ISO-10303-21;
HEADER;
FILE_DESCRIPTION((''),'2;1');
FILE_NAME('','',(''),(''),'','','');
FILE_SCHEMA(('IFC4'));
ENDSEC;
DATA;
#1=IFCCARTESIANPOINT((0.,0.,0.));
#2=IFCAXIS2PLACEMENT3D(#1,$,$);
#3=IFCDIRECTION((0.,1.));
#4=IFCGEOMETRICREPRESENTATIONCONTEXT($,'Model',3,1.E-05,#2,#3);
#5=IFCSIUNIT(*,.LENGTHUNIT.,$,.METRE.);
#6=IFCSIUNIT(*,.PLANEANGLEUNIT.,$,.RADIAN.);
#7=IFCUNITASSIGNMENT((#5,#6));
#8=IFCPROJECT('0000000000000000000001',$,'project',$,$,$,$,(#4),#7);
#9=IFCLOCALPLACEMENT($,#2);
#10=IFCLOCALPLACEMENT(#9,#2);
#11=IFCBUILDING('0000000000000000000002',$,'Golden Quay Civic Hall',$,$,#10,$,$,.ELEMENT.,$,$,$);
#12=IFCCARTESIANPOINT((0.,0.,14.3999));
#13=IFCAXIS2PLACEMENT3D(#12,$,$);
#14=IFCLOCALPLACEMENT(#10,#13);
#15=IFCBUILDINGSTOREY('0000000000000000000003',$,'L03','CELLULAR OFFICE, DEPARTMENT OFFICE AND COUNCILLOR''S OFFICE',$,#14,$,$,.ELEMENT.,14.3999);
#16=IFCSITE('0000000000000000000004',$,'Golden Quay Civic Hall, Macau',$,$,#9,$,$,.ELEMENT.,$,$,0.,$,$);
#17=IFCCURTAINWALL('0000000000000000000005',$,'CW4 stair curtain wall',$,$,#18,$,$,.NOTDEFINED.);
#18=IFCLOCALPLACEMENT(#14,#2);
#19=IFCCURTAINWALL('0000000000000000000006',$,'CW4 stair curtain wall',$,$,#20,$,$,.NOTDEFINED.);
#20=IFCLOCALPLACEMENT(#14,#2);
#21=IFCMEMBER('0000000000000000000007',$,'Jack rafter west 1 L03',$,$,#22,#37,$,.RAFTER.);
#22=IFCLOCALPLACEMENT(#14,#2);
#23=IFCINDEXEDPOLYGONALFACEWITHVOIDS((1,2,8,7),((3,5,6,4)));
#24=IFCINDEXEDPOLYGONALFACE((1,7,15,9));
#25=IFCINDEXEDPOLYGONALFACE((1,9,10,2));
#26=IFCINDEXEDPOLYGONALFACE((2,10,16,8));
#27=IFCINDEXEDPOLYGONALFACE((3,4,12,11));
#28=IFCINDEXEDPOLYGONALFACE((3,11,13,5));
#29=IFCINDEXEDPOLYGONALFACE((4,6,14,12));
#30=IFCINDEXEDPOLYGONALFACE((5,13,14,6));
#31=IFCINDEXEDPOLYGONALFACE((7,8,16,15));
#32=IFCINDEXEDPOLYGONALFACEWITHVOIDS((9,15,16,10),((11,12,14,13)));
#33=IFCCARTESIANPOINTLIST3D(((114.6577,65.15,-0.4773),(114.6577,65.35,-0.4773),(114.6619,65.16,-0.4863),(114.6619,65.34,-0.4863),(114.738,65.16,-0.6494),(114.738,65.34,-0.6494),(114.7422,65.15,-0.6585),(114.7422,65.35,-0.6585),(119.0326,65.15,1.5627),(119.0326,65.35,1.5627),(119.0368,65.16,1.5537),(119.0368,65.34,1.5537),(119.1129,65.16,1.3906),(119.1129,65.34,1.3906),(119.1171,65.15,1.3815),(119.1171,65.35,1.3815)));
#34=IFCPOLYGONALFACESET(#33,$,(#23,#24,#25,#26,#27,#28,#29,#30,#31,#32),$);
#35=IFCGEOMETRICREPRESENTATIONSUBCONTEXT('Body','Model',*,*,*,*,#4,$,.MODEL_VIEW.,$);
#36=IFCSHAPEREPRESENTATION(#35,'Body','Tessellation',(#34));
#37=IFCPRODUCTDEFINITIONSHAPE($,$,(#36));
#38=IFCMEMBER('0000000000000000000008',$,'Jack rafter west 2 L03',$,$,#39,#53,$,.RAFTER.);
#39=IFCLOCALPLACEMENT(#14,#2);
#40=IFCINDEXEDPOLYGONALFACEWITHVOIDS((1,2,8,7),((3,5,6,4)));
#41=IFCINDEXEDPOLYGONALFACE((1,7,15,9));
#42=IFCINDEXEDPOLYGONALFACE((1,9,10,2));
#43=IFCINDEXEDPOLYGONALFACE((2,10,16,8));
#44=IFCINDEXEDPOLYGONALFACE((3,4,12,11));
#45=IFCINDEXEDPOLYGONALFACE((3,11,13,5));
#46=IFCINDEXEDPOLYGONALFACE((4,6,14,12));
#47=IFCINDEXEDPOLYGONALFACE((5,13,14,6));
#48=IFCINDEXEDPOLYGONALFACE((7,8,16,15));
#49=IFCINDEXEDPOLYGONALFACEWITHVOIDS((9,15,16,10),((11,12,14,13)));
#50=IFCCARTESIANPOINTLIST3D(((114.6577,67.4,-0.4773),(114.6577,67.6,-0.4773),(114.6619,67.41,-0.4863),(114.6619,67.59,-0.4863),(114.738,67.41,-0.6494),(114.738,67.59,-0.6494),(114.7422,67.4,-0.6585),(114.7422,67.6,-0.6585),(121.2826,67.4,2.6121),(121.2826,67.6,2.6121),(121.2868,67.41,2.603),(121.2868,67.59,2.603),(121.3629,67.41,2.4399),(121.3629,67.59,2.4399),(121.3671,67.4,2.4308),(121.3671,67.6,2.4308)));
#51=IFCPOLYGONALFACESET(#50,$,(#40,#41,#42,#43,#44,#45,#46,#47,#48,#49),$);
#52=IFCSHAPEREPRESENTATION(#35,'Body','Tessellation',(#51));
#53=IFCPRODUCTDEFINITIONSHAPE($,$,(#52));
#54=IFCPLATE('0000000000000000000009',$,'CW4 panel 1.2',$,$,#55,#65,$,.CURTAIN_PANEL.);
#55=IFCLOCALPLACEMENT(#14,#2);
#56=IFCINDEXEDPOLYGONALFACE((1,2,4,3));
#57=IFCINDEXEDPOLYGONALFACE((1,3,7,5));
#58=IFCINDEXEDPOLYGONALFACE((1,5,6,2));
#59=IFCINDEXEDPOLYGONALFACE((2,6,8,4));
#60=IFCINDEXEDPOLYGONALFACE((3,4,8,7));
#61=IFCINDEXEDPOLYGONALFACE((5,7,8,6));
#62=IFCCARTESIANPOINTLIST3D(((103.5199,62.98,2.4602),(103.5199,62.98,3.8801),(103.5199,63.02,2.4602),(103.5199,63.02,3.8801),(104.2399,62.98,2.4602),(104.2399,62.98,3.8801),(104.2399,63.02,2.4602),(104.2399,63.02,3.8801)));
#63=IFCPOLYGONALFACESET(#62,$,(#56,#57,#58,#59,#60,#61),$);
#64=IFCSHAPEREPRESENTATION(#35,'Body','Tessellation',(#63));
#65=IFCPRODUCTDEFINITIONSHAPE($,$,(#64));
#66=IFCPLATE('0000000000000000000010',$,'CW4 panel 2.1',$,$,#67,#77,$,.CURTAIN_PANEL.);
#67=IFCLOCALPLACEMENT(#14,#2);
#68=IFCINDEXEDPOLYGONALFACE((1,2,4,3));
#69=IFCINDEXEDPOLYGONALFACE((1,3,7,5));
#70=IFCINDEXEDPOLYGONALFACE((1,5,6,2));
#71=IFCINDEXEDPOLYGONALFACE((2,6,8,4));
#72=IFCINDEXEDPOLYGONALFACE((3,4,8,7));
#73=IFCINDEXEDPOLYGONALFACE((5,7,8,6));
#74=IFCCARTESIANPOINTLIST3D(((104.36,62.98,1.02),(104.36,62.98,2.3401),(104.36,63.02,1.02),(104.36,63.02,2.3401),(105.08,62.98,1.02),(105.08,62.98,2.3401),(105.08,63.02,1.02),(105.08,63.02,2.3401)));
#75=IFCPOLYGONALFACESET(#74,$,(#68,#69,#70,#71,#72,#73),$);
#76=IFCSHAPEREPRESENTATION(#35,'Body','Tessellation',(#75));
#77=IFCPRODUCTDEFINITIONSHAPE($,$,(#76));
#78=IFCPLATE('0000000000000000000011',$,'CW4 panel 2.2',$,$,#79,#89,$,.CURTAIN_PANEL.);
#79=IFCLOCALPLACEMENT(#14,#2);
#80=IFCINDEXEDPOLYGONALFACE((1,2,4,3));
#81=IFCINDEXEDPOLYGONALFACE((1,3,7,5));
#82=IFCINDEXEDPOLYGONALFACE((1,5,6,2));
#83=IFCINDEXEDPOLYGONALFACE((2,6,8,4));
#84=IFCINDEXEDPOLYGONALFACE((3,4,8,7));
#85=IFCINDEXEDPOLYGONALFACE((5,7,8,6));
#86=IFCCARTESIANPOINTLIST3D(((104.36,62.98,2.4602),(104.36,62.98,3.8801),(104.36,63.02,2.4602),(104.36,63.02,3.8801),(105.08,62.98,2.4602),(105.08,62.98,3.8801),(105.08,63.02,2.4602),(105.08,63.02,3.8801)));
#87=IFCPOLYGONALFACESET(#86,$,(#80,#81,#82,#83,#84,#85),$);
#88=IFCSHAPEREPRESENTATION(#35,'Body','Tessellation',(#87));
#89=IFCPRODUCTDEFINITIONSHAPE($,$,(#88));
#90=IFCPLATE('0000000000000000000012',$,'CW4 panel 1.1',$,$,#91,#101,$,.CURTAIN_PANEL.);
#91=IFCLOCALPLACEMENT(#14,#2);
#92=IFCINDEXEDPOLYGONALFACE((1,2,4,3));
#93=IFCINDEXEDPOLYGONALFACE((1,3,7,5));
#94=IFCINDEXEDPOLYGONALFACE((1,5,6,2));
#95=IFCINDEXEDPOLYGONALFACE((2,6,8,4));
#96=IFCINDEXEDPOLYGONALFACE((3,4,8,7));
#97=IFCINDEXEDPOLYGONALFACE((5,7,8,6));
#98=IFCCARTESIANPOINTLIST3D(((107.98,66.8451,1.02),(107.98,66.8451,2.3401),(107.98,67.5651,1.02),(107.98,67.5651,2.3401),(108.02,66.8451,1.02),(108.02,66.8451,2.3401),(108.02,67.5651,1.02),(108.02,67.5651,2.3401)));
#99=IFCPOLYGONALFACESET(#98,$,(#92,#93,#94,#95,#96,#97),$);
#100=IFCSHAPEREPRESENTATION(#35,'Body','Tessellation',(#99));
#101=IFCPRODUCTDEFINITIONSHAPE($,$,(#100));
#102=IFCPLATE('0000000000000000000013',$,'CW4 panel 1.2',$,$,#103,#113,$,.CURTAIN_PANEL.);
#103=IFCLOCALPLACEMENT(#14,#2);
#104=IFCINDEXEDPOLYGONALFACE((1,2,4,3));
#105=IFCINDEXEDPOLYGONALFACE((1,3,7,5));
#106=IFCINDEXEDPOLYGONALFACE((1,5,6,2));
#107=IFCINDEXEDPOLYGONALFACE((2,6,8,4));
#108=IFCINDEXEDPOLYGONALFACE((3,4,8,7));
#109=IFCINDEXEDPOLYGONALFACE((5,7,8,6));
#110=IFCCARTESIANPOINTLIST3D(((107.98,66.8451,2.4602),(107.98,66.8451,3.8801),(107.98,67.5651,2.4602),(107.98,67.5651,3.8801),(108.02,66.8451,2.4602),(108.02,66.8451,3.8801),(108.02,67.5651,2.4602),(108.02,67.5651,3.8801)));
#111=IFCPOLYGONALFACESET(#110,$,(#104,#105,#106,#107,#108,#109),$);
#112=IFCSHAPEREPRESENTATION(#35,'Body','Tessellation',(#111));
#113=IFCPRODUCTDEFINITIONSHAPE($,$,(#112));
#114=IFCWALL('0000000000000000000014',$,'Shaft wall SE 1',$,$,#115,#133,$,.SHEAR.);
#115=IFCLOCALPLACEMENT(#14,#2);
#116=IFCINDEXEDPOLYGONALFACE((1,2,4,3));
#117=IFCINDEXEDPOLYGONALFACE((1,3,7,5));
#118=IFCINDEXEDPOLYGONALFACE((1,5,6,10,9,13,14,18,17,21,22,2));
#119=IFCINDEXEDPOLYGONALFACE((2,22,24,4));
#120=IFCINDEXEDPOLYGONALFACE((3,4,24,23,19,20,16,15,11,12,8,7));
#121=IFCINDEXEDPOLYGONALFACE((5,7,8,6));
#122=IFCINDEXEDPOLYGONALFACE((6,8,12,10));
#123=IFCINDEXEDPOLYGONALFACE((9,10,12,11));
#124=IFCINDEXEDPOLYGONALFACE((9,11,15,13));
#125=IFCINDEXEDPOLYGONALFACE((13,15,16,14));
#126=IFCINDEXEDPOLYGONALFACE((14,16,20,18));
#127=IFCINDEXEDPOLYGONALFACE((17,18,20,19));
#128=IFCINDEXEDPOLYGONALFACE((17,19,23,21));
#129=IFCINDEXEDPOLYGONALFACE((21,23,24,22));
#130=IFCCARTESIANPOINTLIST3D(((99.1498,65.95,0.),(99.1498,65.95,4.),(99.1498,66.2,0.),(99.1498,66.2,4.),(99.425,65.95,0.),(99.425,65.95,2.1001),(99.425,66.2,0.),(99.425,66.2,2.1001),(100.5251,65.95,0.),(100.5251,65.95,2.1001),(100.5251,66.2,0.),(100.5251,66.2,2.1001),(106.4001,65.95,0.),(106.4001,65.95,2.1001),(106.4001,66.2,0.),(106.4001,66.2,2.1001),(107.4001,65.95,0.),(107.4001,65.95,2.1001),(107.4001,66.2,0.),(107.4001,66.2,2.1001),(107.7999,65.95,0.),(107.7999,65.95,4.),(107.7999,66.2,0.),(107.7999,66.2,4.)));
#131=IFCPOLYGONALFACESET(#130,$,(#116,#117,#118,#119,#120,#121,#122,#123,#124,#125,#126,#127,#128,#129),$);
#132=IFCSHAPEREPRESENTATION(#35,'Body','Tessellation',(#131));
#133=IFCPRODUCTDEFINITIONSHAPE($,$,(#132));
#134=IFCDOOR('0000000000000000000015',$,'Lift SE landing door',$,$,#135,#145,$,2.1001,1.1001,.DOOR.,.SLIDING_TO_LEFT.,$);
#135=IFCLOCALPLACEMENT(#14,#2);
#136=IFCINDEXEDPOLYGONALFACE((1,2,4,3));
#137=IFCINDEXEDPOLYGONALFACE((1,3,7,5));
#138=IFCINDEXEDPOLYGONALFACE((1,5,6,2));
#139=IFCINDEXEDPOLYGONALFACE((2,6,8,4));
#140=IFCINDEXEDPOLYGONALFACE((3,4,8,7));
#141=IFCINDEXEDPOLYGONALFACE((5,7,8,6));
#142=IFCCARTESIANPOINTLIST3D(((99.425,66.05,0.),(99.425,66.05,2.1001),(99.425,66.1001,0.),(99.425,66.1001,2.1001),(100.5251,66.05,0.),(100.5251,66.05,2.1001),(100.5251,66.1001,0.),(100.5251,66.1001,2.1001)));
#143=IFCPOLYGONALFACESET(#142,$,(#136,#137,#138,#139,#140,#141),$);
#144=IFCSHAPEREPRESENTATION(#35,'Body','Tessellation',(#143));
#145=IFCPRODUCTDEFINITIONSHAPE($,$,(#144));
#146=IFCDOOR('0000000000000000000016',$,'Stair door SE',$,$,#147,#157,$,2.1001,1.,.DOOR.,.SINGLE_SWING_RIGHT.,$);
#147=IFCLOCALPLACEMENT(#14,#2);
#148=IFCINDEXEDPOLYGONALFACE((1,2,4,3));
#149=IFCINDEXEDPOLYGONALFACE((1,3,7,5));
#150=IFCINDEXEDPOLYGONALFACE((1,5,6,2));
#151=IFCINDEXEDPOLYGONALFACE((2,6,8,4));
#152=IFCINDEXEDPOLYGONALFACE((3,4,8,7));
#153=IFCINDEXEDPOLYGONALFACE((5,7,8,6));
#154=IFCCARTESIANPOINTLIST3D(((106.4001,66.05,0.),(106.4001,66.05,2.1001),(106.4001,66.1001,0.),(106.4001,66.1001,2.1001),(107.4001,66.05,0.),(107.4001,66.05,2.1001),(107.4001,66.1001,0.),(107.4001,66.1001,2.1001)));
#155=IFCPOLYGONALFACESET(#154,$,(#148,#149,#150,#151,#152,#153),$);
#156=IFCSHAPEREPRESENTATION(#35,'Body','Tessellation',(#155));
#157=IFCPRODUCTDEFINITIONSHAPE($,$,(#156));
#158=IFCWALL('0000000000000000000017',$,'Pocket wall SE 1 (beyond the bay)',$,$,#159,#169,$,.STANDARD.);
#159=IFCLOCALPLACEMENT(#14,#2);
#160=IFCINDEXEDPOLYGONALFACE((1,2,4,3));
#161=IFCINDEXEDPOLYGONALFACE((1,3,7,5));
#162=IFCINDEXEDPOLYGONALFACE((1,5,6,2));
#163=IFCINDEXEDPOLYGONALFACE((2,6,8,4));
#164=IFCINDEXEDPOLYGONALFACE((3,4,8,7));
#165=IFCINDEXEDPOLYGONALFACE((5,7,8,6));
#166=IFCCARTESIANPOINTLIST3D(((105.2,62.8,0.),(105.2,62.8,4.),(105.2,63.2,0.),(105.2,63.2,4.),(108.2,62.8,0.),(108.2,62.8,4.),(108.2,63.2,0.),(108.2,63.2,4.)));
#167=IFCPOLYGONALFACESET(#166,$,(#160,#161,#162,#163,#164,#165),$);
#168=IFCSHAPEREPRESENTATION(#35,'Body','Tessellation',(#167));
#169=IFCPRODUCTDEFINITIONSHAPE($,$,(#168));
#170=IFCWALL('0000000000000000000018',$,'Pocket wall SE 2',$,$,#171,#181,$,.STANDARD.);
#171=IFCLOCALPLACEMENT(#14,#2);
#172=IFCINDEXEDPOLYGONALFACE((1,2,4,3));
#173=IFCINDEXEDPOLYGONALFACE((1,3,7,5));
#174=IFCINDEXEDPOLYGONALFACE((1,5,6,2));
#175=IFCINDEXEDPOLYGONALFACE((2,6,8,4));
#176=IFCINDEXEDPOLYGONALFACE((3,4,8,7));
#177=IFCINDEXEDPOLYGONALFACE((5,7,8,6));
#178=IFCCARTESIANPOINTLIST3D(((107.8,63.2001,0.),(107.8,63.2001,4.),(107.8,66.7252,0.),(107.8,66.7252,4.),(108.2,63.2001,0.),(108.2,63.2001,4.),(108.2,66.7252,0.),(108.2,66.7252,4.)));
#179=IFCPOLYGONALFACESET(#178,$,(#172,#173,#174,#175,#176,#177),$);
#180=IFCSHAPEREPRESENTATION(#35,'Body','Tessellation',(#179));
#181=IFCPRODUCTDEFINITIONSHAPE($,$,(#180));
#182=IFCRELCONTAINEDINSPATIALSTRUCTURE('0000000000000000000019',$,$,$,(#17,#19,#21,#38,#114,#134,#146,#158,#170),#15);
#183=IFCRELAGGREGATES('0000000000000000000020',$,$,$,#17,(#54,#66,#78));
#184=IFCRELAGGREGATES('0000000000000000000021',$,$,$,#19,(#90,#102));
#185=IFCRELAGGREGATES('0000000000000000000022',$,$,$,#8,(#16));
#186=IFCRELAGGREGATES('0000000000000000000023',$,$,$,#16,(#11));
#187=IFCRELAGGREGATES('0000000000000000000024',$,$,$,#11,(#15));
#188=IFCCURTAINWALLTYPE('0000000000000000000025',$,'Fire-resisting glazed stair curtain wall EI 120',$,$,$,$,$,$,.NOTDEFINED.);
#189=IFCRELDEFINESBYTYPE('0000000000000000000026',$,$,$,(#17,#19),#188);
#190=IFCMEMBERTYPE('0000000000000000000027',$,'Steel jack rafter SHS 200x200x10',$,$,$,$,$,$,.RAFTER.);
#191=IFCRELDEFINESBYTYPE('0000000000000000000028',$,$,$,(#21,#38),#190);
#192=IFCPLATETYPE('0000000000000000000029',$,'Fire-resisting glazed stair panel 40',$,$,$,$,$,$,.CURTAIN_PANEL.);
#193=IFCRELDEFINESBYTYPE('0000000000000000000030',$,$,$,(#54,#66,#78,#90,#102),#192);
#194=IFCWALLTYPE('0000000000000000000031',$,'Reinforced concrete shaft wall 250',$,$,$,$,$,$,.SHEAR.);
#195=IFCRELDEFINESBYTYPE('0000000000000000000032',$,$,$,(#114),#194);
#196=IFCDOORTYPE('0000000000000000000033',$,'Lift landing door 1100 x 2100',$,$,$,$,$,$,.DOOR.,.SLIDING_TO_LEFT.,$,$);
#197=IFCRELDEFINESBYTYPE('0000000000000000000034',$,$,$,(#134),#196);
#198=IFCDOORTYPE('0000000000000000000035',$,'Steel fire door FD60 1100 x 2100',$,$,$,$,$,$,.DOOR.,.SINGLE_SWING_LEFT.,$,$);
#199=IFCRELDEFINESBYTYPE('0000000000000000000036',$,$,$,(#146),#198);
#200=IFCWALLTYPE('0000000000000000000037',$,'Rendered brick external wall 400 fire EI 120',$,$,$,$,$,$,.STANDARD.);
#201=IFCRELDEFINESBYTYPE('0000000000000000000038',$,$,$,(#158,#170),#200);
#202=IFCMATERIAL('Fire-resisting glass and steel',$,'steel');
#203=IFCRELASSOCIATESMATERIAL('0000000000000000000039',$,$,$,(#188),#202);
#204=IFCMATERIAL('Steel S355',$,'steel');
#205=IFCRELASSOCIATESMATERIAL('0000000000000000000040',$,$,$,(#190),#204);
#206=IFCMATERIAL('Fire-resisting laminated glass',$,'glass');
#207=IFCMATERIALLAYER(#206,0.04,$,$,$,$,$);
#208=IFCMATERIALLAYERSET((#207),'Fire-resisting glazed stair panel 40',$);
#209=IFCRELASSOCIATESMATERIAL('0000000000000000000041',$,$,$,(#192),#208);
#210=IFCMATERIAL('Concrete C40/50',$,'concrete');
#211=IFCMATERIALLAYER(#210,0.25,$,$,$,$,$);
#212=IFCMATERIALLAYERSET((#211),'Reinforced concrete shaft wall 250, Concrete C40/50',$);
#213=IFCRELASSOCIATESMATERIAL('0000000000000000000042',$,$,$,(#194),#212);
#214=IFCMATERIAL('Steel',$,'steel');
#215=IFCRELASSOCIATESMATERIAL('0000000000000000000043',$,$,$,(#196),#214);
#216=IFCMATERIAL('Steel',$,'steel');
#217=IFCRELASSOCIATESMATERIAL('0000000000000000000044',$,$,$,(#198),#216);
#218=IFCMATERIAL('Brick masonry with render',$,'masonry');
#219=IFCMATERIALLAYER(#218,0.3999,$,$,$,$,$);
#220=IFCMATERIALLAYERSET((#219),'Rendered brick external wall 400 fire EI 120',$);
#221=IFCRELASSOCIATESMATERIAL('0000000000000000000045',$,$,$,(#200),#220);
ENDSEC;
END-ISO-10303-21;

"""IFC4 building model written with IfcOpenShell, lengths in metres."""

from ifc_helpers import new_model, si_unit, direction, frame, frame_2d, origin, origin_2d, place, context, subcontext, project, spatial, rectangle, hollow_rectangle, extrude, material, layer, layer_set, material_profile, profile_set, type_object, element, fill, aggregate, save


model = new_model("IFC4")

# Units and contexts
model_context = context("Model", 3, precision=1e-05, world=origin(), true_north=direction((0.0, 1.0)))
body_context = subcontext(model_context, "Body", "Model", "MODEL_VIEW")
ifc_project = project(units=[si_unit("LENGTHUNIT", "METRE"), si_unit("PLANEANGLEUNIT", "RADIAN")], contexts=[model_context])

# Site, building, storey
site_placement = place(None, origin())
site = spatial("IfcSite", under=ifc_project, at=site_placement, Name="Golden Quay Civic Hall, Macau", CompositionType="ELEMENT", RefElevation=0.0)
building_placement = place(site_placement, origin())
building = spatial("IfcBuilding", under=site, at=building_placement, Name="Golden Quay Civic Hall", CompositionType="ELEMENT")
storey_placement = place(building_placement, frame((0.0, 0.0, 14.3999)))
storey = spatial("IfcBuildingStorey", under=building, at=storey_placement, Name="L03", Description="CELLULAR OFFICE, DEPARTMENT OFFICE AND COUNCILLOR'S OFFICE", CompositionType="ELEMENT", Elevation=14.3999)

# Curtain walls
ifc_material_1 = material(Name="Fire-resisting glass and steel", Category="steel")
curtain_wall_type = type_object("IfcCurtainWallType", Name="Fire-resisting glazed stair curtain wall EI 120", PredefinedType="NOTDEFINED", material=ifc_material_1)
curtain_wall_1_placement = place(storey_placement, origin())
curtain_wall_1 = element("IfcCurtainWall", 1, at=curtain_wall_1_placement, inside=storey, type_object=curtain_wall_type, Name="CW4 stair curtain wall", PredefinedType="NOTDEFINED")
curtain_wall_2_placement = place(storey_placement, origin())
curtain_wall_2 = element("IfcCurtainWall", 2, at=curtain_wall_2_placement, inside=storey, type_object=curtain_wall_type, Name="CW4 stair curtain wall", PredefinedType="NOTDEFINED")

# Members
ifc_material_2 = material(Name="Steel S355", Category="steel")
ifc_material_profile_1 = material_profile(ifc_material_2, hollow_rectangle(XDim=0.2, YDim=0.2, WallThickness=0.01, at=origin_2d()), Name="SHS 200x200x10")
ifc_profile_set_1 = profile_set([ifc_material_profile_1], Name="Steel S355")
member_type_1 = type_object("IfcMemberType", Name="Steel jack rafter SHS 200x200x10", PredefinedType="RAFTER", material=ifc_profile_set_1)
member_1_placement = place(storey_placement, frame((114.7, 65.25, -0.5679), z_axis=(0.906312, 0.0, 0.422609), x_axis=(0.0, 1.0, 0.0)))
element("IfcMember", 3, at=member_1_placement, inside=storey, type_object=member_type_1, Name="Jack rafter west 1 L03", PredefinedType="RAFTER", context=body_context, shape_type="SweptSolid", body=[
    extrude(hollow_rectangle(XDim=0.2, YDim=0.2, WallThickness=0.01, at=origin_2d()), origin(), (0.0, 0.0, 1.0), 4.8271),
])
member_2_placement = place(storey_placement, frame((114.7, 67.5, -0.5679), z_axis=(0.906304, 0.0, 0.422626), x_axis=(0.0, 1.0, 0.0)))
element("IfcMember", 4, at=member_2_placement, inside=storey, type_object=member_type_1, Name="Jack rafter west 2 L03", PredefinedType="RAFTER", context=body_context, shape_type="SweptSolid", body=[
    extrude(hollow_rectangle(XDim=0.2, YDim=0.2, WallThickness=0.01, at=origin_2d()), origin(), (0.0, 0.0, 1.0), 7.3098),
])

# Plates
ifc_material_3 = material(Name="Fire-resisting laminated glass", Category="glass")
ifc_layer_1 = layer(ifc_material_3, 0.04)
ifc_layer_set_1 = layer_set([ifc_layer_1], Name="Fire-resisting glazed stair panel 40")
plate_type = type_object("IfcPlateType", Name="Fire-resisting glazed stair panel 40", PredefinedType="CURTAIN_PANEL", material=ifc_layer_set_1)
plate_1_placement = place(storey_placement, frame((103.8799, 63.0, 2.4602), z_axis=(0.0, 0.0, 1.0), x_axis=(1.0, 0.0, 0.0)))
plate_1 = element("IfcPlate", 5, at=plate_1_placement, type_object=plate_type, Name="CW4 panel 1.2", PredefinedType="CURTAIN_PANEL", context=body_context, shape_type="SweptSolid", body=[
    extrude(rectangle(XDim=0.72, YDim=0.04, at=origin_2d()), origin(), (0.0, 0.0, 1.0), 1.4199),
])
plate_2_placement = place(storey_placement, frame((104.72, 63.0, 1.02), z_axis=(0.0, 0.0, 1.0), x_axis=(1.0, 0.0, 0.0)))
plate_2 = element("IfcPlate", 6, at=plate_2_placement, type_object=plate_type, Name="CW4 panel 2.1", PredefinedType="CURTAIN_PANEL", context=body_context, shape_type="SweptSolid", body=[
    extrude(rectangle(XDim=0.72, YDim=0.04, at=origin_2d()), origin(), (0.0, 0.0, 1.0), 1.3201),
])
plate_3_placement = place(storey_placement, frame((104.72, 63.0, 2.4602), z_axis=(0.0, 0.0, 1.0), x_axis=(1.0, 0.0, 0.0)))
plate_3 = element("IfcPlate", 7, at=plate_3_placement, type_object=plate_type, Name="CW4 panel 2.2", PredefinedType="CURTAIN_PANEL", context=body_context, shape_type="SweptSolid", body=[
    extrude(rectangle(XDim=0.72, YDim=0.04, at=origin_2d()), origin(), (0.0, 0.0, 1.0), 1.4199),
])
aggregate(curtain_wall_1, [plate_1, plate_2, plate_3])
plate_4_placement = place(storey_placement, frame((108.0, 67.2051, 1.02), z_axis=(0.0, 0.0, 1.0), x_axis=(0.0, 1.0, 0.0)))
plate_4 = element("IfcPlate", 8, at=plate_4_placement, type_object=plate_type, Name="CW4 panel 1.1", PredefinedType="CURTAIN_PANEL", context=body_context, shape_type="SweptSolid", body=[
    extrude(rectangle(XDim=0.72, YDim=0.04, at=origin_2d()), origin(), (0.0, 0.0, 1.0), 1.3201),
])
plate_5_placement = place(storey_placement, frame((108.0, 67.2051, 2.4602), z_axis=(0.0, 0.0, 1.0), x_axis=(0.0, 1.0, 0.0)))
plate_5 = element("IfcPlate", 9, at=plate_5_placement, type_object=plate_type, Name="CW4 panel 1.2", PredefinedType="CURTAIN_PANEL", context=body_context, shape_type="SweptSolid", body=[
    extrude(rectangle(XDim=0.72, YDim=0.04, at=origin_2d()), origin(), (0.0, 0.0, 1.0), 1.4199),
])
aggregate(curtain_wall_2, [plate_4, plate_5])

# Wall, openings, doors
ifc_material_4 = material(Name="Concrete C40/50", Category="concrete")
ifc_layer_2 = layer(ifc_material_4, 0.25)
ifc_layer_set_2 = layer_set([ifc_layer_2], Name="Reinforced concrete shaft wall 250, Concrete C40/50")
wall_type_1 = type_object("IfcWallType", Name="Reinforced concrete shaft wall 250", PredefinedType="SHEAR", material=ifc_layer_set_2)
wall_1_placement = place(storey_placement, frame((107.8, 66.075, 0.0), z_axis=(0.0, 0.0, 1.0), x_axis=(-1.0, 0.0, 0.0)))
wall_1 = element("IfcWall", 10, at=wall_1_placement, inside=storey, type_object=wall_type_1, Name="Shaft wall SE 1", PredefinedType="SHEAR", context=body_context, shape_type="SweptSolid", body=[
    extrude(rectangle(XDim=8.6501, YDim=0.25, at=frame_2d((4.3252, 0.0))), origin(), (0.0, 0.0, 1.0), 4.0),
])
opening_1_placement = place(wall_1_placement, frame((0.3999, 0.0, 0.0)))
opening_1 = element("IfcOpeningElement", 11, at=opening_1_placement, cuts=wall_1, PredefinedType="OPENING", context=body_context, shape_type="SweptSolid", body=[
    extrude(rectangle(XDim=1.0, YDim=2.1001, at=frame_2d((0.5, 1.05))), frame((0.0, 0.135, 0.0), z_axis=(0.0, -1.0, 0.0), x_axis=(1.0, 0.0, 0.0)), (0.0, 0.0, 1.0), 0.27),
])
opening_2_placement = place(wall_1_placement, frame((7.2749, 0.0, 0.0)))
opening_2 = element("IfcOpeningElement", 12, at=opening_2_placement, cuts=wall_1, PredefinedType="OPENING", context=body_context, shape_type="SweptSolid", body=[
    extrude(rectangle(XDim=1.1001, YDim=2.1001, at=frame_2d((0.55, 1.05))), frame((0.0, 0.135, 0.0), z_axis=(0.0, -1.0, 0.0), x_axis=(1.0, 0.0, 0.0)), (0.0, 0.0, 1.0), 0.27),
])
ifc_material_5 = material(Name="Steel", Category="steel")
door_type_1 = type_object("IfcDoorType", Name="Lift landing door 1100 x 2100", OperationType="SLIDING_TO_LEFT", PredefinedType="DOOR", material=ifc_material_5)
door_1_placement = place(opening_2_placement, origin())
door_1 = element("IfcDoor", 13, at=door_1_placement, inside=storey, type_object=door_type_1, Name="Lift SE landing door", OperationType="SLIDING_TO_LEFT", OverallHeight=2.1001, OverallWidth=1.1001, PredefinedType="DOOR", context=body_context, shape_type="SweptSolid", body=[
    extrude(rectangle(XDim=1.1001, YDim=2.1001, at=frame_2d((0.55, 1.05))), frame((0.0, 0.0249, 0.0), z_axis=(0.0, -1.0, 0.0), x_axis=(1.0, 0.0, 0.0)), (0.0, 0.0, 1.0), 0.05),
])
fill(opening_2, door_1)
ifc_material_6 = material(Name="Steel", Category="steel")
door_type_2 = type_object("IfcDoorType", Name="Steel fire door FD60 1100 x 2100", OperationType="SINGLE_SWING_LEFT", PredefinedType="DOOR", material=ifc_material_6)
door_2_placement = place(opening_1_placement, frame((1.0, 0.0, 0.0), z_axis=(0.0, 0.0, 1.0), x_axis=(-1.0, 0.0, 0.0)))
door_2 = element("IfcDoor", 14, at=door_2_placement, inside=storey, type_object=door_type_2, Name="Stair door SE", OperationType="SINGLE_SWING_RIGHT", OverallHeight=2.1001, OverallWidth=1.0, PredefinedType="DOOR", context=body_context, shape_type="SweptSolid", body=[
    extrude(rectangle(XDim=1.0, YDim=2.1001, at=frame_2d((0.5, 1.05))), frame((0.0, 0.0251, 0.0), z_axis=(0.0, -1.0, 0.0), x_axis=(1.0, 0.0, 0.0)), (0.0, 0.0, 1.0), 0.05),
])
fill(opening_1, door_2)

# Walls
ifc_material_7 = material(Name="Brick masonry with render", Category="masonry")
ifc_layer_3 = layer(ifc_material_7, 0.3999)
ifc_layer_set_3 = layer_set([ifc_layer_3], Name="Rendered brick external wall 400 fire EI 120")
wall_type_2 = type_object("IfcWallType", Name="Rendered brick external wall 400 fire EI 120", PredefinedType="STANDARD", material=ifc_layer_set_3)
wall_2_placement = place(storey_placement, frame((105.2, 63.0, 0.0), z_axis=(0.0, 0.0, 1.0), x_axis=(1.0, 0.0, 0.0)))
element("IfcWall", 15, at=wall_2_placement, inside=storey, type_object=wall_type_2, Name="Pocket wall SE 1 (beyond the bay)", PredefinedType="STANDARD", context=body_context, shape_type="SweptSolid", body=[
    extrude(rectangle(XDim=3.0, YDim=0.3999, at=frame_2d((1.5, 0.0))), origin(), (0.0, 0.0, 1.0), 4.0),
])
wall_3_placement = place(storey_placement, frame((108.0, 63.2, 0.0), z_axis=(0.0, 0.0, 1.0), x_axis=(0.0, 1.0, 0.0)))
element("IfcWall", 16, at=wall_3_placement, inside=storey, type_object=wall_type_2, Name="Pocket wall SE 2", PredefinedType="STANDARD", context=body_context, shape_type="SweptSolid", body=[
    extrude(rectangle(XDim=3.5251, YDim=0.3999, at=frame_2d((1.7627, 0.0))), origin(), (0.0, 0.0, 1.0), 4.0),
])

save(model, "model.ifc")
